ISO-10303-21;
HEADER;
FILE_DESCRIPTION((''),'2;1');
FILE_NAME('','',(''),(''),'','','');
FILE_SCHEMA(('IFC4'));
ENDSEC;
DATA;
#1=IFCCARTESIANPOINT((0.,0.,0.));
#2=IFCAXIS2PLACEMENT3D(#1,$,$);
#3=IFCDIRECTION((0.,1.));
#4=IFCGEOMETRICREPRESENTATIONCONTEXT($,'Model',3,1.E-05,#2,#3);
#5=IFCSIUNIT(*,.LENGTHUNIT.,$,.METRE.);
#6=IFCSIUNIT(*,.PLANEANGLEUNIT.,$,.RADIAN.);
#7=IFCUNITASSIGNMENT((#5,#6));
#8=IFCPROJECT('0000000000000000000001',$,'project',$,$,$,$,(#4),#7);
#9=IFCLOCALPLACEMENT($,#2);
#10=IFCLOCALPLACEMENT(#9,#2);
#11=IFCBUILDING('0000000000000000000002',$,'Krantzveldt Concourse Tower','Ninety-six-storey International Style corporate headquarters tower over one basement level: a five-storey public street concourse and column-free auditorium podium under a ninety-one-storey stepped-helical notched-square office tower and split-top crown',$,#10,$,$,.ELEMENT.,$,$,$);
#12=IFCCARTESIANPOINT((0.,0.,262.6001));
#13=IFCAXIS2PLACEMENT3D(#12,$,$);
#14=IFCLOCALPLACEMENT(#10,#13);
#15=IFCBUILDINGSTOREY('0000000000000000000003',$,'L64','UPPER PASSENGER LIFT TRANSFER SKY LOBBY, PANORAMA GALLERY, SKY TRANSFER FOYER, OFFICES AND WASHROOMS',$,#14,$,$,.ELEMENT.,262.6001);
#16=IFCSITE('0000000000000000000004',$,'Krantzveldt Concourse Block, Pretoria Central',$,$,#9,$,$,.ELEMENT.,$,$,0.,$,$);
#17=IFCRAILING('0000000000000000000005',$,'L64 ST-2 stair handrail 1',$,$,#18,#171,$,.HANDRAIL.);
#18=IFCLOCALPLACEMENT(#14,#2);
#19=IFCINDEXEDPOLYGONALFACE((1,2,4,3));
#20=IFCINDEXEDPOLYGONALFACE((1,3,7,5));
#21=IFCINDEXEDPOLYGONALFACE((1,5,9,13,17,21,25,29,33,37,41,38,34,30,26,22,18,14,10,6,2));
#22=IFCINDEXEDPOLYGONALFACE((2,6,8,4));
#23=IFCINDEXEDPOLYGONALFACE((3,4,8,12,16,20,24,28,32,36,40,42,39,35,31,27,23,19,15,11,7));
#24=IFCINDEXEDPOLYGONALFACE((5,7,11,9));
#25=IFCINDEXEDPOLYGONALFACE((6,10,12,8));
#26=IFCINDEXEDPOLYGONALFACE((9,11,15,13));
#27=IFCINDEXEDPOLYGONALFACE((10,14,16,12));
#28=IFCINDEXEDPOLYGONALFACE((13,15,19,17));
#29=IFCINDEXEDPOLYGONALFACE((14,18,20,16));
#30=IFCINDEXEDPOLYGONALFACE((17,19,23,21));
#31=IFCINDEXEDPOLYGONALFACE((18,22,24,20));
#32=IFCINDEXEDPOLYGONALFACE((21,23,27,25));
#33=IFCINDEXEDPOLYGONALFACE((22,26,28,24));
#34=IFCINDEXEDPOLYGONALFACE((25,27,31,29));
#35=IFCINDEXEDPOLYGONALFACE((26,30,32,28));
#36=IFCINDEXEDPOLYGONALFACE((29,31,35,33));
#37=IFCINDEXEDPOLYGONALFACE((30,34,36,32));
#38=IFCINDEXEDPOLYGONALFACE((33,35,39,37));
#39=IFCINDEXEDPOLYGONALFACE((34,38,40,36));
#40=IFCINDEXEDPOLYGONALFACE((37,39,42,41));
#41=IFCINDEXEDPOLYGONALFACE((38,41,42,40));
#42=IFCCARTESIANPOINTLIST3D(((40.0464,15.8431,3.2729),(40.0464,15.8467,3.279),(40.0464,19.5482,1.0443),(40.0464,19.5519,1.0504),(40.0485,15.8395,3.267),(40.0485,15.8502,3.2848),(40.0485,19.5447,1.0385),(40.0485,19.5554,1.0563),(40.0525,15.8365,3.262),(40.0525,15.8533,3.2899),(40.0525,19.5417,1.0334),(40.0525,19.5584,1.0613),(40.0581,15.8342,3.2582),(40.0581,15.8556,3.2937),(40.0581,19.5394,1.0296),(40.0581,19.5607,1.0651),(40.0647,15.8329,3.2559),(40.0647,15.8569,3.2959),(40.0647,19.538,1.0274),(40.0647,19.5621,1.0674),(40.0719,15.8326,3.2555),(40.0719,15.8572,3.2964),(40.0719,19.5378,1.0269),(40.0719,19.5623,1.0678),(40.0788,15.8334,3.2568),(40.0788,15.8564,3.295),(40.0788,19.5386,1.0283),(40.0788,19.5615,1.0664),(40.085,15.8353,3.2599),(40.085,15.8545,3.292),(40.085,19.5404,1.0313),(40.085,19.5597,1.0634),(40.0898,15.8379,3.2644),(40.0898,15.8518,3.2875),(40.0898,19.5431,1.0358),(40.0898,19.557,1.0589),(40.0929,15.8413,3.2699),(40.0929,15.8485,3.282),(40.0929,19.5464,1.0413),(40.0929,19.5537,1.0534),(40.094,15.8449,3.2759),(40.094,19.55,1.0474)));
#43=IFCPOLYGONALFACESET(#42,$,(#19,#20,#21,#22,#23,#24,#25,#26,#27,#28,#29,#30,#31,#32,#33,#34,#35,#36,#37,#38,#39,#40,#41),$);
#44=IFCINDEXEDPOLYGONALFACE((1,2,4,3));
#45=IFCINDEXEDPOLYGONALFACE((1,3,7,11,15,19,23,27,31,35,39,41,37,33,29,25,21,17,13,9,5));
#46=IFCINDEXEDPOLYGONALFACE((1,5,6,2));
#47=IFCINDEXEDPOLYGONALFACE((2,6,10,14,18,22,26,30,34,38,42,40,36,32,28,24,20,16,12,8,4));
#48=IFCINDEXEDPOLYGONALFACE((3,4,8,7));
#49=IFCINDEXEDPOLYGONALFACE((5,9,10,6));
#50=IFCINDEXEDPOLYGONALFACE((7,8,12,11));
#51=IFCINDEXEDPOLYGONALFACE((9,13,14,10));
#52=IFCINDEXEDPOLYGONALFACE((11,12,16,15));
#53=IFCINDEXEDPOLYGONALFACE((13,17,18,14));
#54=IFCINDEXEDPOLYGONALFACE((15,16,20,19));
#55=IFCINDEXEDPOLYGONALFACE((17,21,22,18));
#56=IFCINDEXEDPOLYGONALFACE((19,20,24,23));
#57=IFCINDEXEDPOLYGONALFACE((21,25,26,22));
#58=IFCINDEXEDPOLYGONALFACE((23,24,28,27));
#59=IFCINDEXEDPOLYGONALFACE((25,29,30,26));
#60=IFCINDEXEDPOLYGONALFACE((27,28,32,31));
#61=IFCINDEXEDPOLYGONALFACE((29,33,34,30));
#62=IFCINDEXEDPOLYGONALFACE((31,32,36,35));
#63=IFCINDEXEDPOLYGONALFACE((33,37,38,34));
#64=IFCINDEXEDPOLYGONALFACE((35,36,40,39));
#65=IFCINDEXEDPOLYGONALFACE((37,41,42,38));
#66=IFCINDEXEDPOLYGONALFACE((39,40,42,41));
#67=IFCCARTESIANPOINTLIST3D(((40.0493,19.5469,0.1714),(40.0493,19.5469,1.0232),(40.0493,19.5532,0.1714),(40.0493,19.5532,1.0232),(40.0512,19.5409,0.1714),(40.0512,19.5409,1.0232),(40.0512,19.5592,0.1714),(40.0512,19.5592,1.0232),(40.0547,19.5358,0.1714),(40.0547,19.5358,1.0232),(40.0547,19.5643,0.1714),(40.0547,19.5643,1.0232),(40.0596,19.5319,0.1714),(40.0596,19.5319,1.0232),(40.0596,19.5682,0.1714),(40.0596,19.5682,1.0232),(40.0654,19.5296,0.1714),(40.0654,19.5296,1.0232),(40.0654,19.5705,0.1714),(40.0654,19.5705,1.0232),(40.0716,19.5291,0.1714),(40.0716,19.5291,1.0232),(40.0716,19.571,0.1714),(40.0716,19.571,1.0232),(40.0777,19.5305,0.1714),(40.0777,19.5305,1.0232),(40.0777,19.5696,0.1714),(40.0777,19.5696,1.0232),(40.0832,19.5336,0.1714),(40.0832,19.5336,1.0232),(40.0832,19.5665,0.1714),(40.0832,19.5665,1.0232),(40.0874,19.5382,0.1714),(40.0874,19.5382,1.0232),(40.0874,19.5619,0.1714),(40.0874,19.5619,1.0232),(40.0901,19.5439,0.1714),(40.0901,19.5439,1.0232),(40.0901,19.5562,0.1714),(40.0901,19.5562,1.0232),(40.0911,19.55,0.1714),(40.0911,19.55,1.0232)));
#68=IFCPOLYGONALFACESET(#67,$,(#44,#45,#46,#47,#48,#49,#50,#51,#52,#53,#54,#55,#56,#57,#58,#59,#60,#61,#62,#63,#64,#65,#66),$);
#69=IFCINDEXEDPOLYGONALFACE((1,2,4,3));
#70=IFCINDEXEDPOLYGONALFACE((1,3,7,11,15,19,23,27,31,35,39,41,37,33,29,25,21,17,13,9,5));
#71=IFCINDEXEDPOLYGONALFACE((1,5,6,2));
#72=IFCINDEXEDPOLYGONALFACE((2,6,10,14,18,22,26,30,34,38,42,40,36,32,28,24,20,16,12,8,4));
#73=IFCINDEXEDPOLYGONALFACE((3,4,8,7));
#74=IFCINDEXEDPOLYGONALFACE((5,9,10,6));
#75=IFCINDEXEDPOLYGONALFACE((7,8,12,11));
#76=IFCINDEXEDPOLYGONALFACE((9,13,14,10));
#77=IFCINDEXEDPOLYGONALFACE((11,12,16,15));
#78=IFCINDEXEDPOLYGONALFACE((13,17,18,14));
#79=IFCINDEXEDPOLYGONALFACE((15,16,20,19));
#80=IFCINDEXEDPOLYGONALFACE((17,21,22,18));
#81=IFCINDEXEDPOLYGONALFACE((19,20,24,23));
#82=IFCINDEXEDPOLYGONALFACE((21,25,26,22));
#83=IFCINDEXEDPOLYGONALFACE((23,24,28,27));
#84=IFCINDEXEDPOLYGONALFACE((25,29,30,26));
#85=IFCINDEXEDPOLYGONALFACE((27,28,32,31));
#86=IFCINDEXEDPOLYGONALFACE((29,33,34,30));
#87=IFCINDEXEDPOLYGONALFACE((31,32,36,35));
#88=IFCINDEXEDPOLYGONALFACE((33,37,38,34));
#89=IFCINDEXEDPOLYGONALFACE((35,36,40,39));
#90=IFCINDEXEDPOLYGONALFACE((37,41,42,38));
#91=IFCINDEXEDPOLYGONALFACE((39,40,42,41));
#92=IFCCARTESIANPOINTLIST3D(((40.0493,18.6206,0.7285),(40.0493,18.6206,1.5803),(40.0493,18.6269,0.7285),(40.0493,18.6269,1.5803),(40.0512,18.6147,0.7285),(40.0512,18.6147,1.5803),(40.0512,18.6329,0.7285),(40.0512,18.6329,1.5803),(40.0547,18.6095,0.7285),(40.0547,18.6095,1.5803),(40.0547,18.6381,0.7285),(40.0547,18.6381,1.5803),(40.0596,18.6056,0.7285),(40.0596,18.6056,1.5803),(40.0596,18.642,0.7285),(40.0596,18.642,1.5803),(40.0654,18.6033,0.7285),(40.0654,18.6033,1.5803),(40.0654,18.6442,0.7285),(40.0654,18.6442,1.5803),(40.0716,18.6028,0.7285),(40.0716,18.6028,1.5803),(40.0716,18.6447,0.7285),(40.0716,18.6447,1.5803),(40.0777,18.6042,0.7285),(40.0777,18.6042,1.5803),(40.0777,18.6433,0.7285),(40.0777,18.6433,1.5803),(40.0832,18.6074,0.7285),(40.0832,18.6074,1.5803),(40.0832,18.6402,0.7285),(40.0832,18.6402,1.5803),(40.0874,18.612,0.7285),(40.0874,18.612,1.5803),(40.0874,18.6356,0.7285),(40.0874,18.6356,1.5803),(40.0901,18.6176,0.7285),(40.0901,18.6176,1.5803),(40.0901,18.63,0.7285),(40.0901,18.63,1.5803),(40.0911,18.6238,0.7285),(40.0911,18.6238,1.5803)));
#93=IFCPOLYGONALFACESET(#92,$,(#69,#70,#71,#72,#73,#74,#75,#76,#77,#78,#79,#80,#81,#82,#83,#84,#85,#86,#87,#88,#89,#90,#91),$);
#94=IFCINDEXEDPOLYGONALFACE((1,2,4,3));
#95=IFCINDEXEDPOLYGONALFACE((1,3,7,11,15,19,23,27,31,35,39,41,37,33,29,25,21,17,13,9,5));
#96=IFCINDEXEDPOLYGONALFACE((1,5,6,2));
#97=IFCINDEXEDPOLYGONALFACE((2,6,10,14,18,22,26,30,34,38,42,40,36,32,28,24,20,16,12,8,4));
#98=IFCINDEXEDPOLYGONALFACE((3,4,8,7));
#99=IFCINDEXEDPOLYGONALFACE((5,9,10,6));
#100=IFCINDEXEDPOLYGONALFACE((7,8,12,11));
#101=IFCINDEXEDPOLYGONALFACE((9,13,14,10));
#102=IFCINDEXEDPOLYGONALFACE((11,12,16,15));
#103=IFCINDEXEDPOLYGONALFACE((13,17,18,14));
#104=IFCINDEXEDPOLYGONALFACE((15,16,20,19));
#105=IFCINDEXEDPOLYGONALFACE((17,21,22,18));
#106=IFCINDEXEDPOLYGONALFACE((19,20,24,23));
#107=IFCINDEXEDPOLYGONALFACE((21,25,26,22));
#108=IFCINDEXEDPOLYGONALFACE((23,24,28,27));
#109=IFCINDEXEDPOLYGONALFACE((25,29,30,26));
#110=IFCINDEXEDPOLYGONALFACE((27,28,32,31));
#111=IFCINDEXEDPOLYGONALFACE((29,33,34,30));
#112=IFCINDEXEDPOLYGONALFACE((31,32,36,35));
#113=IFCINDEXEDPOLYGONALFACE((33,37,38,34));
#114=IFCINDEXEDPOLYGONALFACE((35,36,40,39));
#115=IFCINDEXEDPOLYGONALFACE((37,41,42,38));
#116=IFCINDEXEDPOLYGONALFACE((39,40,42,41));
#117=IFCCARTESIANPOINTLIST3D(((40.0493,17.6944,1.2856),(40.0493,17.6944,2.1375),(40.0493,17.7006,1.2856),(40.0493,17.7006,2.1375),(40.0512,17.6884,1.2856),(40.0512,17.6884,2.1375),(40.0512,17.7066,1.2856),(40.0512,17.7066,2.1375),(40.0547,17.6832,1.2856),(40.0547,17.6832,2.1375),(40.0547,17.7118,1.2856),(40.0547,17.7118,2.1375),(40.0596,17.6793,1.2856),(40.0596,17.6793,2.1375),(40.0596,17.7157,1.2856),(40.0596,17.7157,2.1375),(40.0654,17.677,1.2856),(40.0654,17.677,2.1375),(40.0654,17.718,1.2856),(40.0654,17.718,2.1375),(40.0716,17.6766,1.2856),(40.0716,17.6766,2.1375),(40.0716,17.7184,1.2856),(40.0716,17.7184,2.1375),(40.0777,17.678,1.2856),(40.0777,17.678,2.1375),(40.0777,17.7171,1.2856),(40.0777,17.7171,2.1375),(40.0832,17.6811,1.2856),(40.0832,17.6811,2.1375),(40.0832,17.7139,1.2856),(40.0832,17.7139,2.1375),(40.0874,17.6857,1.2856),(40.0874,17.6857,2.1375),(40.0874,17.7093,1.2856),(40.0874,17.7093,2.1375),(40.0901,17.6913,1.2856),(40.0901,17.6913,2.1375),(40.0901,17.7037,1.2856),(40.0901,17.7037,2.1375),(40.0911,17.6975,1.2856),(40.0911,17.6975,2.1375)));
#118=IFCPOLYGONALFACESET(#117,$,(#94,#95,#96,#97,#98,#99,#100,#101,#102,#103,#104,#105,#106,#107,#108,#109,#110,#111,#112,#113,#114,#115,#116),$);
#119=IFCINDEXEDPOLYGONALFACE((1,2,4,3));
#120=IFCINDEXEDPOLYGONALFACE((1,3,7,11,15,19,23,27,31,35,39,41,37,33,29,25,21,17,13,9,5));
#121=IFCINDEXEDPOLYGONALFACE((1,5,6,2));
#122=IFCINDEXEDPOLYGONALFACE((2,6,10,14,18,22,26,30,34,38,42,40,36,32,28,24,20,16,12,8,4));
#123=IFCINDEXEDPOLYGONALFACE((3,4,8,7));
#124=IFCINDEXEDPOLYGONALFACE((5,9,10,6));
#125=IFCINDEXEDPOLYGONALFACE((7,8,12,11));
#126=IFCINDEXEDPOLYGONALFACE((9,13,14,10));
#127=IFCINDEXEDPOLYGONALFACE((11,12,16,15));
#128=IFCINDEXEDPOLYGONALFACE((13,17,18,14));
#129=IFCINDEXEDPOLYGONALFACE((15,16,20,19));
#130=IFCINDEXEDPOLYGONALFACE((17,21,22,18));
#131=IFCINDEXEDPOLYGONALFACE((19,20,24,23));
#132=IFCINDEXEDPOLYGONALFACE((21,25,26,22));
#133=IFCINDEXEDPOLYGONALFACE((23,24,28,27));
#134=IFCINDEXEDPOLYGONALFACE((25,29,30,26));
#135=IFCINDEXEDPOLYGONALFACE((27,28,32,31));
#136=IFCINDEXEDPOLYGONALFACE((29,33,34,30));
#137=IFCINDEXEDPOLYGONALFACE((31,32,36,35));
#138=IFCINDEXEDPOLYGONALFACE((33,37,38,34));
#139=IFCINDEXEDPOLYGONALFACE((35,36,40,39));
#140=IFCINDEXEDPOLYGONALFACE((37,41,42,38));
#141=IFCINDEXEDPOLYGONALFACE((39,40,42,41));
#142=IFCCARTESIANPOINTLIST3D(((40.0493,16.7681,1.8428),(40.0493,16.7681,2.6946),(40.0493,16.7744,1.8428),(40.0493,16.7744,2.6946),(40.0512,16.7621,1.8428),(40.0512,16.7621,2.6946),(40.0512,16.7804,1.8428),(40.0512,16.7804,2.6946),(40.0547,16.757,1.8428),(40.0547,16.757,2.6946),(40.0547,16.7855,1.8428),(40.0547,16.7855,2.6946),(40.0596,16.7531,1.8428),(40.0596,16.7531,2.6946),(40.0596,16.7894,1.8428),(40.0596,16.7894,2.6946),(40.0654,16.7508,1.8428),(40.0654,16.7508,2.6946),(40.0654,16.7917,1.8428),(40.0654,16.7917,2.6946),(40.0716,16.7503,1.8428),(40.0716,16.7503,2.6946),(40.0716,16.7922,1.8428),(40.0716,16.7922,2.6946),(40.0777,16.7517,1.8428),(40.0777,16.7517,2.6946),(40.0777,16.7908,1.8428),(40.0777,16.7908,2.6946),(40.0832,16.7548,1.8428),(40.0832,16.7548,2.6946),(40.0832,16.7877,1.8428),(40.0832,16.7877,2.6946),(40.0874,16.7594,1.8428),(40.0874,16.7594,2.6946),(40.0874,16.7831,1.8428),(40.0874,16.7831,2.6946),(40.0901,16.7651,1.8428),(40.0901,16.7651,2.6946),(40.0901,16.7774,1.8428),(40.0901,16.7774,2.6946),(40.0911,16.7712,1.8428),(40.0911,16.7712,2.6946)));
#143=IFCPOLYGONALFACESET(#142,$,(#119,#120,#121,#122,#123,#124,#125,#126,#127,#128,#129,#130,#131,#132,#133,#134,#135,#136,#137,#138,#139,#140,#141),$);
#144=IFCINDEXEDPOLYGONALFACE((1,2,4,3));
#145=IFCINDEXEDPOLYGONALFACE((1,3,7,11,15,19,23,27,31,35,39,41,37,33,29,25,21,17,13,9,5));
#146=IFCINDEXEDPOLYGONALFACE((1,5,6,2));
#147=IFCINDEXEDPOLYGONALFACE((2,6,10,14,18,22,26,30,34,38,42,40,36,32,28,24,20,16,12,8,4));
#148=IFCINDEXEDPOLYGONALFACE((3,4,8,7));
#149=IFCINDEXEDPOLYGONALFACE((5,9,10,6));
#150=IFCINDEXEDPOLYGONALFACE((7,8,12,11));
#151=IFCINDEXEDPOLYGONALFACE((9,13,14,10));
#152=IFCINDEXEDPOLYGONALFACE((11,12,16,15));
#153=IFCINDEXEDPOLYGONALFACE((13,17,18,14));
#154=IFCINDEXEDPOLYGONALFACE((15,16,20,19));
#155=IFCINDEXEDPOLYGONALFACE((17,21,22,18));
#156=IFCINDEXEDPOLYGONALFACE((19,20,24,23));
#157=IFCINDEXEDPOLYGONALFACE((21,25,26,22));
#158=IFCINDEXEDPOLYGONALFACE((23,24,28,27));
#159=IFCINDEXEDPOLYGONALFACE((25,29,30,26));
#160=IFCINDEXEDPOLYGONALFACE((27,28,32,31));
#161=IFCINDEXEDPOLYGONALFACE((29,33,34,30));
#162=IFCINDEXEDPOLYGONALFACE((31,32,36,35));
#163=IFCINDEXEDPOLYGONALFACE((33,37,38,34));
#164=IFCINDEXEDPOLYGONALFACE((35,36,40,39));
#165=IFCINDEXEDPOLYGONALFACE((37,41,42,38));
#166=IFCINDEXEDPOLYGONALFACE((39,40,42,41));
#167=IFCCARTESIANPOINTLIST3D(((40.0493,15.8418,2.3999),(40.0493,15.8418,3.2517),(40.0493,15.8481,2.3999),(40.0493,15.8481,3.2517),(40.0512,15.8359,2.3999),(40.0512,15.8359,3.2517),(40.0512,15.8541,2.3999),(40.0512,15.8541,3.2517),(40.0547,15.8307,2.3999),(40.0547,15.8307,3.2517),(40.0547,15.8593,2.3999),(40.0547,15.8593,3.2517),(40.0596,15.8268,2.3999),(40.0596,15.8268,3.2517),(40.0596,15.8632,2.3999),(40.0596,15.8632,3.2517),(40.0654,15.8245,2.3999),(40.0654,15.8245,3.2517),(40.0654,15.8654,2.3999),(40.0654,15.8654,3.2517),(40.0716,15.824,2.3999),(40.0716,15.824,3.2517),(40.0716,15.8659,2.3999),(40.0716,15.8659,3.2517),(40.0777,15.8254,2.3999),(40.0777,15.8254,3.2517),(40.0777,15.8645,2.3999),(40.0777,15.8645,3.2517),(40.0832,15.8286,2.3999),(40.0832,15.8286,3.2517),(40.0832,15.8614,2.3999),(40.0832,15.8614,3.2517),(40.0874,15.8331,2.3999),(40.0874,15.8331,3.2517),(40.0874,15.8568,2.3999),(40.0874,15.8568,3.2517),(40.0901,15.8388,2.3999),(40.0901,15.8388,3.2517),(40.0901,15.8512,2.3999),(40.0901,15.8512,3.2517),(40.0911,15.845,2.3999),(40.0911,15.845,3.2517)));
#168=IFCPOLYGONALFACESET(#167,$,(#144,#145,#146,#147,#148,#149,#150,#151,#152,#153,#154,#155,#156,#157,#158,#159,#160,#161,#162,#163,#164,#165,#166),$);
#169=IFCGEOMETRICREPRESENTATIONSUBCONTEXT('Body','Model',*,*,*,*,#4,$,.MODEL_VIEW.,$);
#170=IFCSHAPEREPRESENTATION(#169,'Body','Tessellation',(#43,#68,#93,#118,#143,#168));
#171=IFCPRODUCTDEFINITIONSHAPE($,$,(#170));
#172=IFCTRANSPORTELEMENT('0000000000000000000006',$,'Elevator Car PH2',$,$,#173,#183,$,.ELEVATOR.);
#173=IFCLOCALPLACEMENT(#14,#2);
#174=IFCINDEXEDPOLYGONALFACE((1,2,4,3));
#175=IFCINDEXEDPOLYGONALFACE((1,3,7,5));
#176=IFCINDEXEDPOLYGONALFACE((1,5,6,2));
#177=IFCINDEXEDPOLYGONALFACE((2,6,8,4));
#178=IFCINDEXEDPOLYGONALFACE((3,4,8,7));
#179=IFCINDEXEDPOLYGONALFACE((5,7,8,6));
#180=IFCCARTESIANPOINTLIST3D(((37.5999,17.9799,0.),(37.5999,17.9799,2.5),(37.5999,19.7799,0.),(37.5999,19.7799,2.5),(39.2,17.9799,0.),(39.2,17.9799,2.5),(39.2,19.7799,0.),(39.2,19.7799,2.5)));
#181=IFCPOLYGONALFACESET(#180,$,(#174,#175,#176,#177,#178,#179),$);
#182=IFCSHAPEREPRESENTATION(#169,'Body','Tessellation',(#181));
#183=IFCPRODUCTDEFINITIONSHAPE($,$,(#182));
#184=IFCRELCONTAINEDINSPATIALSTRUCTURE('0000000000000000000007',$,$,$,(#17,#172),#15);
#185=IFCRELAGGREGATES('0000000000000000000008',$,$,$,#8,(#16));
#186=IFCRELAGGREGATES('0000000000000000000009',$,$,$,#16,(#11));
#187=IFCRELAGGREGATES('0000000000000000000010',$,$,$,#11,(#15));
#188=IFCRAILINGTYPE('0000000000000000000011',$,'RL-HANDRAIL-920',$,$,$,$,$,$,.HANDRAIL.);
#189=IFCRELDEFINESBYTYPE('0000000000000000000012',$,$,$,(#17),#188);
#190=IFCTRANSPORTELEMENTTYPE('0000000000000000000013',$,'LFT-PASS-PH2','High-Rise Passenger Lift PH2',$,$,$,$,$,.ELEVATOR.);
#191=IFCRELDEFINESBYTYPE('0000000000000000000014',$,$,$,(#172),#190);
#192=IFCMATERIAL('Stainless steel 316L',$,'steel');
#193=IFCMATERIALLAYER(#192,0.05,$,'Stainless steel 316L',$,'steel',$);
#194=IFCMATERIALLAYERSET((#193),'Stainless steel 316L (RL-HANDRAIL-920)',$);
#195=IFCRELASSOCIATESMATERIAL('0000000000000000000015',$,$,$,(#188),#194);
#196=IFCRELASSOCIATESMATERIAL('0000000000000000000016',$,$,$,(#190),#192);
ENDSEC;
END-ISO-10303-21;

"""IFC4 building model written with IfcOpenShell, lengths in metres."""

from ifc_helpers import new_model, si_unit, direction, frame, origin, origin_2d, place, context, subcontext, project, spatial, rectangle, circle, extrude, source, transform, mapped, material, layer, layer_set, type_object, type_shapes, element, save


model = new_model("IFC4")

# Units and contexts
model_context = context("Model", 3, precision=1e-05, world=origin(), true_north=direction((0.0, 1.0)))
body_context = subcontext(model_context, "Body", "Model", "MODEL_VIEW")
ifc_project = project(units=[si_unit("LENGTHUNIT", "METRE"), si_unit("PLANEANGLEUNIT", "RADIAN")], contexts=[model_context])

# Site, building, storey
site_placement = place(None, origin())
site = spatial("IfcSite", under=ifc_project, at=site_placement, Name="Krantzveldt Concourse Block, Pretoria Central", CompositionType="ELEMENT", RefElevation=0.0)
building_placement = place(site_placement, origin())
building = spatial("IfcBuilding", under=site, at=building_placement, Name="Krantzveldt Concourse Tower", Description="Ninety-six-storey International Style corporate headquarters tower over one basement level: a five-storey public street concourse and column-free auditorium podium under a ninety-one-storey stepped-helical notched-square office tower and split-top crown", CompositionType="ELEMENT")
storey_placement = place(building_placement, frame((0.0, 0.0, 262.6001)))
storey = spatial("IfcBuildingStorey", under=building, at=storey_placement, Name="L64", Description="UPPER PASSENGER LIFT TRANSFER SKY LOBBY, PANORAMA GALLERY, SKY TRANSFER FOYER, OFFICES AND WASHROOMS", CompositionType="ELEMENT", Elevation=262.6001)

# Shared definitions
ifc_material_1 = material(Name="Stainless steel 316L", Category="steel")

# Railing
ifc_layer_1 = layer(ifc_material_1, 0.05, Name="Stainless steel 316L", Category="steel")
ifc_layer_set_1 = layer_set([ifc_layer_1], Name="Stainless steel 316L (RL-HANDRAIL-920)")
railing_type_1 = type_object("IfcRailingType", Name="RL-HANDRAIL-920", PredefinedType="HANDRAIL", material=ifc_layer_set_1)
railing_1_placement = place(storey_placement, frame((40.0701, 19.55, 0.1714)))
element("IfcRailing", 1, at=railing_1_placement, inside=storey, type_object=railing_type_1, Name="L64 ST-2 stair handrail 1", PredefinedType="HANDRAIL", context=body_context, shape_type="SweptSolid", body=[
    extrude(circle(Radius=0.0239, at=origin_2d()), frame((0.0, 0.0, 0.876), z_axis=(0.0, -0.856934, 0.515425), x_axis=(1.0, 0.0, 0.0)), (0.0, 0.0, 1.0), 4.3237),
    extrude(circle(Radius=0.021, at=origin_2d()), origin(), (0.0, 0.0, 1.0), 0.8518),
    extrude(circle(Radius=0.021, at=origin_2d()), frame((0.0, -0.9263, 0.5571)), (0.0, 0.0, 1.0), 0.8518),
    extrude(circle(Radius=0.021, at=origin_2d()), frame((0.0, -1.8525, 1.1143)), (0.0, 0.0, 1.0), 0.8518),
    extrude(circle(Radius=0.021, at=origin_2d()), frame((0.0, -2.7788, 1.6714)), (0.0, 0.0, 1.0), 0.8518),
    extrude(circle(Radius=0.021, at=origin_2d()), frame((0.0, -3.7051, 2.2285)), (0.0, 0.0, 1.0), 0.8518),
])

# Transport element
transport_element_type = type_object("IfcTransportElementType", Name="LFT-PASS-PH2", Description="High-Rise Passenger Lift PH2", PredefinedType="ELEVATOR", material=ifc_material_1)
shared_shape = source(origin(), body_context, "Body", "SweptSolid", [
    extrude(rectangle(XDim=1.6001, YDim=1.8, at=origin_2d()), origin(), (0.0, 0.0, 1.0), 2.5),
])
type_shapes(transport_element_type, [shared_shape])
transport_element_placement = place(storey_placement, frame((38.3999, 18.8799, 0.0), z_axis=(0.0, 0.0, 1.0), x_axis=(1.0, 0.0, 0.0)))
element("IfcTransportElement", 2, at=transport_element_placement, inside=storey, type_object=transport_element_type, Name="Elevator Car PH2", PredefinedType="ELEVATOR", context=body_context, shape_type="MappedRepresentation", body=[
    mapped(shared_shape, transform((0.0, 0.0, 0.0), x_axis=(1.0, 0.0, 0.0), y_axis=(0.0, 1.0, 0.0), z_axis=(0.0, 0.0, 1.0), scale=1.0)),
])

save(model, "model.ifc")
